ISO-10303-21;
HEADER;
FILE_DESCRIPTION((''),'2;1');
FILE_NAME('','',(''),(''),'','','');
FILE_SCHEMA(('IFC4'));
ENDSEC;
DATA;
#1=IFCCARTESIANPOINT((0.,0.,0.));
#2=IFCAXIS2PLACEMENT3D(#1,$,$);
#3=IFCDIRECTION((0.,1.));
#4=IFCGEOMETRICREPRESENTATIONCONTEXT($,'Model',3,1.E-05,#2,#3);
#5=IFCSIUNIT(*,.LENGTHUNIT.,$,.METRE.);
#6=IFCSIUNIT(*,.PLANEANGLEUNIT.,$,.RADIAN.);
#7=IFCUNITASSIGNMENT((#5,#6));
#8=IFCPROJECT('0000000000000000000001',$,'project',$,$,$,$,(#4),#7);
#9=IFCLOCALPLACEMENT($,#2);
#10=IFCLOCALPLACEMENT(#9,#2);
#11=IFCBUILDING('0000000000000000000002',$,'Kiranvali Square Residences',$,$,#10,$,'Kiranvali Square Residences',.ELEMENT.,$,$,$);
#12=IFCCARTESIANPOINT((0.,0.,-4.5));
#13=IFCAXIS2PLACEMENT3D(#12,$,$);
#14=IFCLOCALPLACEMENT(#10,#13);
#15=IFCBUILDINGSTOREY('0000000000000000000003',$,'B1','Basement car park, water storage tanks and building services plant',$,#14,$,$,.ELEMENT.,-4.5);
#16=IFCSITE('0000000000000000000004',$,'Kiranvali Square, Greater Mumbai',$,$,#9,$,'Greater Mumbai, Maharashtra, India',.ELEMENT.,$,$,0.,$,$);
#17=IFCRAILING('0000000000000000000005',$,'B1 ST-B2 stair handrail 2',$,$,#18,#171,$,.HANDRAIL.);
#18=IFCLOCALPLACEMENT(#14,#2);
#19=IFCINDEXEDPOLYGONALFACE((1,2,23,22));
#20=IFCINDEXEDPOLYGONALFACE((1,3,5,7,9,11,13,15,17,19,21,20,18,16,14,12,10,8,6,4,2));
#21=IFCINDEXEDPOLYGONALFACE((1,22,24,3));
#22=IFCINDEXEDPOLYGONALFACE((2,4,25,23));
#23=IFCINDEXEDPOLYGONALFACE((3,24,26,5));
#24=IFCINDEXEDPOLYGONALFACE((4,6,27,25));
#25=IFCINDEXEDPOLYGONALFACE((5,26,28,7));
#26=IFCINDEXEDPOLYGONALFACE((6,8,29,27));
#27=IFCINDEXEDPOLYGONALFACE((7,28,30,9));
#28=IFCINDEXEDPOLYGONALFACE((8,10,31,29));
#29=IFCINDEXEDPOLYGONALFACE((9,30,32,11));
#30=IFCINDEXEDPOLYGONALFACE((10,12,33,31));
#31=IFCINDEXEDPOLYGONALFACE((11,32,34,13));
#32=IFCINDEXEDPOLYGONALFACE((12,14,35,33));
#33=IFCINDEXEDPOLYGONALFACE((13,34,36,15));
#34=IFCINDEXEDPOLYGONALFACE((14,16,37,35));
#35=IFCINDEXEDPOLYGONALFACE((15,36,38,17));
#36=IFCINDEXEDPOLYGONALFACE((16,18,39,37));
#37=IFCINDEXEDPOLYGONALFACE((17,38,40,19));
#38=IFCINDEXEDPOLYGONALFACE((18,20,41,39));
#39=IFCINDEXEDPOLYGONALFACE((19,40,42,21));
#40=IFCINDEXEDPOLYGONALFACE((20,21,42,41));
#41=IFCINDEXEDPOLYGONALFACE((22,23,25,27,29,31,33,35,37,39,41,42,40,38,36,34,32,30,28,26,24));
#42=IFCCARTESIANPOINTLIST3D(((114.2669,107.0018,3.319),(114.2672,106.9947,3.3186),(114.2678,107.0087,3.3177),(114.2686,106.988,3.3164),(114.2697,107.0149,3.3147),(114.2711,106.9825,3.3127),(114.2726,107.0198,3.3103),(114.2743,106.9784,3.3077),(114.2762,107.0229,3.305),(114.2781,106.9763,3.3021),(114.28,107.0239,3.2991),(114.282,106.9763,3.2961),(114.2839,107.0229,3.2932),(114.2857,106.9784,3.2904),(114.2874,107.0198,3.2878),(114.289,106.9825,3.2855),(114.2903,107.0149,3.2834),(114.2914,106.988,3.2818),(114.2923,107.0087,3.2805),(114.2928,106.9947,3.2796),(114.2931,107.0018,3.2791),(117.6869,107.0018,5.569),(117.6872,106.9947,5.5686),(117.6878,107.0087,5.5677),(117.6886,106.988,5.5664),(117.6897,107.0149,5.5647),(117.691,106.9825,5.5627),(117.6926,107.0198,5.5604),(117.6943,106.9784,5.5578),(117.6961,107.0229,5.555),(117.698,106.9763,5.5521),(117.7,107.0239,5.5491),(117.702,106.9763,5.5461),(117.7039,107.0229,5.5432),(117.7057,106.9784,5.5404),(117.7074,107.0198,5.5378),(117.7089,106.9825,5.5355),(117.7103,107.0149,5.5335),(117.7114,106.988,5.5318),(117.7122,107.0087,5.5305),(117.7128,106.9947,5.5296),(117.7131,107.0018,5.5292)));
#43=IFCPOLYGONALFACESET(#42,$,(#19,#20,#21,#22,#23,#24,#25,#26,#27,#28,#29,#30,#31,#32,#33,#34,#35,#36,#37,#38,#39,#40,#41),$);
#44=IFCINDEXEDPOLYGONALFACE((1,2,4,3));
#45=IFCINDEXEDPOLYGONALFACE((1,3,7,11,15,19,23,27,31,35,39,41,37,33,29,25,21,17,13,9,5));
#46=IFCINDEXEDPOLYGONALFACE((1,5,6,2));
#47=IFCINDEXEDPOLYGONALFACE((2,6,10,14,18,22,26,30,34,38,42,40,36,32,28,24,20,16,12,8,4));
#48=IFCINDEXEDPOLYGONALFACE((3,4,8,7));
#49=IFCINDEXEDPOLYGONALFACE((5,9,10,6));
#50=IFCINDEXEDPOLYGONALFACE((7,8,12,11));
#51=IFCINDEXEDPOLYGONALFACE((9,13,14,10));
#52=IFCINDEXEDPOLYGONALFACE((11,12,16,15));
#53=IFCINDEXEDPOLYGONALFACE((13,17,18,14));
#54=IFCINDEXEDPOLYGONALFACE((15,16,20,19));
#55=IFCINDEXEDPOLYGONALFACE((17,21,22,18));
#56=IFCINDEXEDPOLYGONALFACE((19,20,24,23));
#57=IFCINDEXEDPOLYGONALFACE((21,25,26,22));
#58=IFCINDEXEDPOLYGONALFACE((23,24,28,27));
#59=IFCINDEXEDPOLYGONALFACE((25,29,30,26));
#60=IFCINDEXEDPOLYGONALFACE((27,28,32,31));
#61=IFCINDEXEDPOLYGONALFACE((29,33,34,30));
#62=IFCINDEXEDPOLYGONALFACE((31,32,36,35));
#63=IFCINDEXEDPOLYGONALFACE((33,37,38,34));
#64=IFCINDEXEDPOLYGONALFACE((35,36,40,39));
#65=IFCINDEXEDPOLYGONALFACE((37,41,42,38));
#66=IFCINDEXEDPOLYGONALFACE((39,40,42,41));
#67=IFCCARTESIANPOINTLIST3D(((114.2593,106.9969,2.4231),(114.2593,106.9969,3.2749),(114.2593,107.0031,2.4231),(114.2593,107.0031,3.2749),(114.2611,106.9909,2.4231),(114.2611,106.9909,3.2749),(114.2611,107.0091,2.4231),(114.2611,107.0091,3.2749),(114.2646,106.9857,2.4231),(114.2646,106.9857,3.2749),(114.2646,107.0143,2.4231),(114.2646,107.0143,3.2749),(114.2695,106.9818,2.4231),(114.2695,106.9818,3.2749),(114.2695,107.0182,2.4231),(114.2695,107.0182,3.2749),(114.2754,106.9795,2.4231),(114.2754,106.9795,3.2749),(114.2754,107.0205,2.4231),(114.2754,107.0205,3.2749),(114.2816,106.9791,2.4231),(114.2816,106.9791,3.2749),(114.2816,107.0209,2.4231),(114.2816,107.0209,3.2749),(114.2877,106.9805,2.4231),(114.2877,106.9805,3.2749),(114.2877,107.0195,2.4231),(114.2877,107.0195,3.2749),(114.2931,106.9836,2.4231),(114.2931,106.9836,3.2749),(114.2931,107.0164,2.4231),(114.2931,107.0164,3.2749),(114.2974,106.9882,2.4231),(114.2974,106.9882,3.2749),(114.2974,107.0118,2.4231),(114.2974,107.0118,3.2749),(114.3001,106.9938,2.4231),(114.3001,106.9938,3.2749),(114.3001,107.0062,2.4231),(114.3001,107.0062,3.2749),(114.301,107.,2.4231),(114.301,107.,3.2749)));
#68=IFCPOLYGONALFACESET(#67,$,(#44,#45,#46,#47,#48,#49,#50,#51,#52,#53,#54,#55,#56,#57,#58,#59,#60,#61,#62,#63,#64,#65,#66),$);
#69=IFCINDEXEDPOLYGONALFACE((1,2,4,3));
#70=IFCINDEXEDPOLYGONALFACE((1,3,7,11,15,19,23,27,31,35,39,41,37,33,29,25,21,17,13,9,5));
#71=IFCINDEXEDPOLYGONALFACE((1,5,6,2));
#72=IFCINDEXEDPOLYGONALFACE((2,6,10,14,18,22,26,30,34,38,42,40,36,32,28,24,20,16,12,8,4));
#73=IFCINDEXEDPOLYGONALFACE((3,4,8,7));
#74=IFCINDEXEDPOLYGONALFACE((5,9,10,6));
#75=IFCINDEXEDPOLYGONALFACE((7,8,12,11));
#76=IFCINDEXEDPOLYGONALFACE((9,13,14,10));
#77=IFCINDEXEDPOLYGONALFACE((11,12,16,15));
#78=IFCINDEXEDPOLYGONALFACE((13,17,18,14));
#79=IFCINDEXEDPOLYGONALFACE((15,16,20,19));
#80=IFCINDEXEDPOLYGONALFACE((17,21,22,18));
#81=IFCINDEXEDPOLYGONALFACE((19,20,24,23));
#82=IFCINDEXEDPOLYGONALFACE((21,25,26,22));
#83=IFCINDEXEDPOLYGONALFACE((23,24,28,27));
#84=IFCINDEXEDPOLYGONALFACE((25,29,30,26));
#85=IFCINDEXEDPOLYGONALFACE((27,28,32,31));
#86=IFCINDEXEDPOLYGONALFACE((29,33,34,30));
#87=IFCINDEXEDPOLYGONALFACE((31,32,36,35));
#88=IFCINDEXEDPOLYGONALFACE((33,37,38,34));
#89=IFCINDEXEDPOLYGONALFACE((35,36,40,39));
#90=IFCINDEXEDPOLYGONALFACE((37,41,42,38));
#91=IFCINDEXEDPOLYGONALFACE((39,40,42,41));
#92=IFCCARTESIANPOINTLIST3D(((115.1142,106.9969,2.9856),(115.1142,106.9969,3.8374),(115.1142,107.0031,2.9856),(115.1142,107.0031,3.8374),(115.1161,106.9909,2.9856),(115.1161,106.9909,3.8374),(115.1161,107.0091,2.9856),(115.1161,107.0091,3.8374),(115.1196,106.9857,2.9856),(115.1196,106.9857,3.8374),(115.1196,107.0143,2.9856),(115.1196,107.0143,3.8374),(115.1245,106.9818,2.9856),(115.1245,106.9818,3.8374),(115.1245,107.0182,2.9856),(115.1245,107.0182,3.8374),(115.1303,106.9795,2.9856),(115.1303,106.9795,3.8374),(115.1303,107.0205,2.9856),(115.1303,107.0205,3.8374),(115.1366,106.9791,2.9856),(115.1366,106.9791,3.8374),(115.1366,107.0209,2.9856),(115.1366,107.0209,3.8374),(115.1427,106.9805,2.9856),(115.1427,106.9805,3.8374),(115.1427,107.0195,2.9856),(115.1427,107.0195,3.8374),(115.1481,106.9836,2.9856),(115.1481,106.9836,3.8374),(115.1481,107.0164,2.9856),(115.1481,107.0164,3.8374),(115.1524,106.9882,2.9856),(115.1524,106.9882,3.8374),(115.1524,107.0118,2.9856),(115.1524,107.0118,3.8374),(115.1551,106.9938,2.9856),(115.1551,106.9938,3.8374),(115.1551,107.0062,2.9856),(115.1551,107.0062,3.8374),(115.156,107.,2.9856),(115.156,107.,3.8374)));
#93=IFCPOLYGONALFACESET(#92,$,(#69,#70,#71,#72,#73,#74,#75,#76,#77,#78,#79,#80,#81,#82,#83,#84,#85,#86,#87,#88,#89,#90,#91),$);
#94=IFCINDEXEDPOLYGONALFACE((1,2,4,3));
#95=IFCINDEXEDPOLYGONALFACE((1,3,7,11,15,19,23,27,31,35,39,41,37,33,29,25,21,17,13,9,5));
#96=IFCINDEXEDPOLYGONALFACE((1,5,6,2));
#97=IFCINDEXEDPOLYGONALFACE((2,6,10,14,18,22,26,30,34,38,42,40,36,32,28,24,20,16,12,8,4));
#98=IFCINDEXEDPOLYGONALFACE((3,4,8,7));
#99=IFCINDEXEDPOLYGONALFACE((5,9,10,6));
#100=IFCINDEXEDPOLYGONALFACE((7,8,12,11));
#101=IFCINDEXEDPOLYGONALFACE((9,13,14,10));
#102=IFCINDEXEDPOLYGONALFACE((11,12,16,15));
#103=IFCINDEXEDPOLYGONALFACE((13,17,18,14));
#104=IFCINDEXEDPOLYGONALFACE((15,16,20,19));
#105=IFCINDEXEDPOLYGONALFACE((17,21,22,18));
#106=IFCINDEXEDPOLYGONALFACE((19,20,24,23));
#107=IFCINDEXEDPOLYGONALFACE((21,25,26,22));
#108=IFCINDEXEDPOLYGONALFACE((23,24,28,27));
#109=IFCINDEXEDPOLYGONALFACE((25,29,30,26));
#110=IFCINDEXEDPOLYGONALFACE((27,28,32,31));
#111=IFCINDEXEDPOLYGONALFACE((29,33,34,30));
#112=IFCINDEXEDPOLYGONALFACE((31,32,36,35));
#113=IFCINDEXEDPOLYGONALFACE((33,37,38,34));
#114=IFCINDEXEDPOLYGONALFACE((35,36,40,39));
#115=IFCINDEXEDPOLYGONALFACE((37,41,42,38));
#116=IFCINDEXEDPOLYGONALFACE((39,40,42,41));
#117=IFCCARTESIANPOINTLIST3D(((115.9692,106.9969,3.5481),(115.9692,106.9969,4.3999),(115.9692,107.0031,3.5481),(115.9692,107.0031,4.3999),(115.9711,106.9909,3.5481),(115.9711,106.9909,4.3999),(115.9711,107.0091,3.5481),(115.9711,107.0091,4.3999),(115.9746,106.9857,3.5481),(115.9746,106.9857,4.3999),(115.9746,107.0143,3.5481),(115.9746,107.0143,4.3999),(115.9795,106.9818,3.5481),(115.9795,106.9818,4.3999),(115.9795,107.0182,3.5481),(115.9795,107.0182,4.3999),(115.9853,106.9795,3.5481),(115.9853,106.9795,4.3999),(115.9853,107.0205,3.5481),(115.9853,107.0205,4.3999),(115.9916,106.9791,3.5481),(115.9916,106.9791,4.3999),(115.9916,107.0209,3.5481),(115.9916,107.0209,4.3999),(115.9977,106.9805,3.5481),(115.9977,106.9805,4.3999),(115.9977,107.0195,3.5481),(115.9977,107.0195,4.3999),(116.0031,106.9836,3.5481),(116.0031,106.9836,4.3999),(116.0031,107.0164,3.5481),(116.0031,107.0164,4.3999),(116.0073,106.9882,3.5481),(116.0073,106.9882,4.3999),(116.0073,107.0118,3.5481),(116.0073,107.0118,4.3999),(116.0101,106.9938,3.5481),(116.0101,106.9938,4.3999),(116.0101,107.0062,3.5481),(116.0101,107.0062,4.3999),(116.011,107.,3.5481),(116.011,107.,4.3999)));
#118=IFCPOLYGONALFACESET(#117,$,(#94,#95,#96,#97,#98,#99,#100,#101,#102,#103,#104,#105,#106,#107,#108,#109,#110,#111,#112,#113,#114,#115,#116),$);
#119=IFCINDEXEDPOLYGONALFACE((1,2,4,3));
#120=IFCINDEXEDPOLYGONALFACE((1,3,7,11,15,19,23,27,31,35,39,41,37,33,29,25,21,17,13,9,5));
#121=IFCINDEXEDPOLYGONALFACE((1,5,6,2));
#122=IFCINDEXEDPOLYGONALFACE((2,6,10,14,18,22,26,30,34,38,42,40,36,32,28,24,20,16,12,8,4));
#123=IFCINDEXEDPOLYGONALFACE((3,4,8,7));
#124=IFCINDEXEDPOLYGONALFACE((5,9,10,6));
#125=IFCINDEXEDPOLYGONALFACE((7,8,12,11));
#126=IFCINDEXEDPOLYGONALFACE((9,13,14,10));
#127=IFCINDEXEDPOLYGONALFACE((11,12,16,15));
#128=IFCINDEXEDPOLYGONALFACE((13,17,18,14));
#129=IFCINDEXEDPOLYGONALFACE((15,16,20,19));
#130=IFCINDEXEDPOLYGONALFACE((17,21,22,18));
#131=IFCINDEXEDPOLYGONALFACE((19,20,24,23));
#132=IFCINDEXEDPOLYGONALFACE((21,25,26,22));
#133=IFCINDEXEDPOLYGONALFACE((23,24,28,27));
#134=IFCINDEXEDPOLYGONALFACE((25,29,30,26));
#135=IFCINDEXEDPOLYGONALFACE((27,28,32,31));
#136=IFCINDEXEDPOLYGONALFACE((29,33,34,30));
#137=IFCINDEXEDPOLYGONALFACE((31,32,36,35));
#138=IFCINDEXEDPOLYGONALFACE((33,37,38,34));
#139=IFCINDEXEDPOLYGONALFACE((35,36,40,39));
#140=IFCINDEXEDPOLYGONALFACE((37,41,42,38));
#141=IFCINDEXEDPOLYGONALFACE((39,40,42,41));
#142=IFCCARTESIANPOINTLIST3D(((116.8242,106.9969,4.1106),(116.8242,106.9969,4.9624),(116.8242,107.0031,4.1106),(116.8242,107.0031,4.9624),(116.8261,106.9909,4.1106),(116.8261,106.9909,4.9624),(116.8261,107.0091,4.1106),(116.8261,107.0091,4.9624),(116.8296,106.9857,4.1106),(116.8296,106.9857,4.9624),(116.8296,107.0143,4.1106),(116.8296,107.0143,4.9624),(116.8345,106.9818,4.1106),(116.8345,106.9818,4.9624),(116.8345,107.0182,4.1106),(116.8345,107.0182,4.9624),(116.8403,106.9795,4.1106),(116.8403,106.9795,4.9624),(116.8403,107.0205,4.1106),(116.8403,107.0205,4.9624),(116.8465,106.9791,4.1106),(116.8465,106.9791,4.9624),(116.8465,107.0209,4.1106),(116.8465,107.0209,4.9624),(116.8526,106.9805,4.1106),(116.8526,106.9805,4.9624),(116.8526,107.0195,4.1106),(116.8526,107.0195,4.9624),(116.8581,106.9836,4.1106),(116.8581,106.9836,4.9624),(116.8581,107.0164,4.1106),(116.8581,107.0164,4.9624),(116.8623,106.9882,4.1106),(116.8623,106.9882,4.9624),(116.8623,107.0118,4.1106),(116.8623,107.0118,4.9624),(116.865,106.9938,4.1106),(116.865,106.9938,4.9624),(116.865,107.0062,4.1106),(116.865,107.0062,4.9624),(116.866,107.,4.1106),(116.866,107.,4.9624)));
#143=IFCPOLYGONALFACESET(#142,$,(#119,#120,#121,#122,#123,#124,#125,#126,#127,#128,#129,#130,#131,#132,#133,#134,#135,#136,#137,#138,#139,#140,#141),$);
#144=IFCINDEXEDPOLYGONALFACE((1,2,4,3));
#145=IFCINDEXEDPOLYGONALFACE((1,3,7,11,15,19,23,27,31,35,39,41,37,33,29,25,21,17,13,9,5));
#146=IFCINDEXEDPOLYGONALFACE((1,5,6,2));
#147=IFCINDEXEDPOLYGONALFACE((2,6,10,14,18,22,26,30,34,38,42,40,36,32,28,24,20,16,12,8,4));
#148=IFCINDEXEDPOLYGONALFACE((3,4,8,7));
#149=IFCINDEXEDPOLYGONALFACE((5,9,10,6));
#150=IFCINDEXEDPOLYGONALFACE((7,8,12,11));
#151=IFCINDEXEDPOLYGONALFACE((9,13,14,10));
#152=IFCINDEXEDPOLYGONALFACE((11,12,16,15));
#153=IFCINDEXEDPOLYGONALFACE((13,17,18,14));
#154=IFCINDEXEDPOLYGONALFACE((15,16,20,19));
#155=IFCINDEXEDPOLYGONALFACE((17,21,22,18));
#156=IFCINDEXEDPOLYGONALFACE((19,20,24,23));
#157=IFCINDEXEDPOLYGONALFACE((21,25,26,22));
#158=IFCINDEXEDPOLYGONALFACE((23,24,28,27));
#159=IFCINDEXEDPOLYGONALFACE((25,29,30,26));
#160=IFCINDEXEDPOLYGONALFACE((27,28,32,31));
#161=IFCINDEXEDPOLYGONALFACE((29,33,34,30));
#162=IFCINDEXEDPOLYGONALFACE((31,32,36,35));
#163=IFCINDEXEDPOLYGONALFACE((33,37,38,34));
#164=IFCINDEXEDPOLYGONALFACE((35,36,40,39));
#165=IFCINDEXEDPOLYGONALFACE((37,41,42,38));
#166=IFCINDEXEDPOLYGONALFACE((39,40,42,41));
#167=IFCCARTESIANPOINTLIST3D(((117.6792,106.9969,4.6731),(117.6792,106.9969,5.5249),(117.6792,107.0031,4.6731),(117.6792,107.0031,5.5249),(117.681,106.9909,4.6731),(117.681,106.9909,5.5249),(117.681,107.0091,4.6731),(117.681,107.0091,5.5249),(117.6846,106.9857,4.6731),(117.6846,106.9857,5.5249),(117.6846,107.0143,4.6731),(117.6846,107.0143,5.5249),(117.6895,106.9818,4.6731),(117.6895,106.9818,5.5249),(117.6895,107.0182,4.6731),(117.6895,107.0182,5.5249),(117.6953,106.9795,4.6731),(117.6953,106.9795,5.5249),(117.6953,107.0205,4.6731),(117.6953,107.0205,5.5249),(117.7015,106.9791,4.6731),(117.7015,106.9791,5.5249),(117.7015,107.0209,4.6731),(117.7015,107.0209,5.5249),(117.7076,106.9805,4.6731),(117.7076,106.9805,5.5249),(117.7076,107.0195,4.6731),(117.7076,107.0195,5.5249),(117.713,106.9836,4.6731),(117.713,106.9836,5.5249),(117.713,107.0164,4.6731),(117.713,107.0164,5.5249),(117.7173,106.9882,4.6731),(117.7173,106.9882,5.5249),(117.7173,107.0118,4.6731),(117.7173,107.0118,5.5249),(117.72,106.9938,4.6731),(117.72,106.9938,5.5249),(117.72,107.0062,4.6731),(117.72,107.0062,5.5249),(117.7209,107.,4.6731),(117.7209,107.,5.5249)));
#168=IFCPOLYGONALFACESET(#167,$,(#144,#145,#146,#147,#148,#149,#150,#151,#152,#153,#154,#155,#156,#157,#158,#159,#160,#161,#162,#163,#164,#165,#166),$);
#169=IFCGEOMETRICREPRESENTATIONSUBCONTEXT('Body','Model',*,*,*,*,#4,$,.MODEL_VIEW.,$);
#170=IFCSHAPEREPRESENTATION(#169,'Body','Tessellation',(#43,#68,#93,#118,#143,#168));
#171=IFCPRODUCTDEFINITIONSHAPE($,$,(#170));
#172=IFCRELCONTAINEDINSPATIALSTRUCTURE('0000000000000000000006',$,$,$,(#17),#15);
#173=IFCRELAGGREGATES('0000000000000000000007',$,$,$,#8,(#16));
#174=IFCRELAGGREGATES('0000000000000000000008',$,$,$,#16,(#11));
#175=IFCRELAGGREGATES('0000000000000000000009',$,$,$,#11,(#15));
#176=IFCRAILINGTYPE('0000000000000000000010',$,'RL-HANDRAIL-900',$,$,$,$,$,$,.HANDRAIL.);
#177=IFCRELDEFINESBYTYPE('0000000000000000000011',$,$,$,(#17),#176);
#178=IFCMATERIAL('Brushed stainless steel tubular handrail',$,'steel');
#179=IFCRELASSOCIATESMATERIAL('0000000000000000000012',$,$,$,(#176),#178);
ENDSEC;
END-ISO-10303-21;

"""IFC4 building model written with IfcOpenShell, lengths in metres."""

from ifc_helpers import new_model, si_unit, direction, frame, origin, origin_2d, place, context, subcontext, project, spatial, circle, extrude, material, type_object, element, save


model = new_model("IFC4")

# Units and contexts
model_context = context("Model", 3, precision=1e-05, world=origin(), true_north=direction((0.0, 1.0)))
body_context = subcontext(model_context, "Body", "Model", "MODEL_VIEW")
ifc_project = project(units=[si_unit("LENGTHUNIT", "METRE"), si_unit("PLANEANGLEUNIT", "RADIAN")], contexts=[model_context])

# Site, building, storey
site_placement = place(None, origin())
site = spatial("IfcSite", under=ifc_project, at=site_placement, Name="Kiranvali Square, Greater Mumbai", LongName="Greater Mumbai, Maharashtra, India", CompositionType="ELEMENT", RefElevation=0.0)
building_placement = place(site_placement, origin())
building = spatial("IfcBuilding", under=site, at=building_placement, Name="Kiranvali Square Residences", LongName="Kiranvali Square Residences", CompositionType="ELEMENT")
storey_placement = place(building_placement, frame((0.0, 0.0, -4.5)))
storey = spatial("IfcBuildingStorey", under=building, at=storey_placement, Name="B1", Description="Basement car park, water storage tanks and building services plant", CompositionType="ELEMENT", Elevation=-4.5)

# Railing
ifc_material_1 = material(Name="Brushed stainless steel tubular handrail", Category="steel")
railing_type_1 = type_object("IfcRailingType", Name="RL-HANDRAIL-900", PredefinedType="HANDRAIL", material=ifc_material_1)
railing_1_placement = place(storey_placement, frame((114.28, 107.0, 2.4231)))
element("IfcRailing", 1, at=railing_1_placement, inside=storey, type_object=railing_type_1, Name="B1 ST-B2 stair handrail 2", PredefinedType="HANDRAIL", context=body_context, shape_type="SweptSolid", body=[
    extrude(circle(Radius=0.0239, at=origin_2d()), frame((0.0, 0.0, 0.876), z_axis=(0.835411, 0.0, 0.549625), x_axis=(0.0, 1.0, 0.0)), (0.0, 0.0, 1.0), 4.0938),
    extrude(circle(Radius=0.021, at=origin_2d()), origin(), (0.0, 0.0, 1.0), 0.8518),
    extrude(circle(Radius=0.021, at=origin_2d()), frame((0.855, 0.0, 0.5625)), (0.0, 0.0, 1.0), 0.8518),
    extrude(circle(Radius=0.021, at=origin_2d()), frame((1.71, 0.0, 1.125)), (0.0, 0.0, 1.0), 0.8518),
    extrude(circle(Radius=0.021, at=origin_2d()), frame((2.5649, 0.0, 1.6875)), (0.0, 0.0, 1.0), 0.8518),
    extrude(circle(Radius=0.021, at=origin_2d()), frame((3.4199, 0.0, 2.25)), (0.0, 0.0, 1.0), 0.8518),
])

save(model, "model.ifc")
